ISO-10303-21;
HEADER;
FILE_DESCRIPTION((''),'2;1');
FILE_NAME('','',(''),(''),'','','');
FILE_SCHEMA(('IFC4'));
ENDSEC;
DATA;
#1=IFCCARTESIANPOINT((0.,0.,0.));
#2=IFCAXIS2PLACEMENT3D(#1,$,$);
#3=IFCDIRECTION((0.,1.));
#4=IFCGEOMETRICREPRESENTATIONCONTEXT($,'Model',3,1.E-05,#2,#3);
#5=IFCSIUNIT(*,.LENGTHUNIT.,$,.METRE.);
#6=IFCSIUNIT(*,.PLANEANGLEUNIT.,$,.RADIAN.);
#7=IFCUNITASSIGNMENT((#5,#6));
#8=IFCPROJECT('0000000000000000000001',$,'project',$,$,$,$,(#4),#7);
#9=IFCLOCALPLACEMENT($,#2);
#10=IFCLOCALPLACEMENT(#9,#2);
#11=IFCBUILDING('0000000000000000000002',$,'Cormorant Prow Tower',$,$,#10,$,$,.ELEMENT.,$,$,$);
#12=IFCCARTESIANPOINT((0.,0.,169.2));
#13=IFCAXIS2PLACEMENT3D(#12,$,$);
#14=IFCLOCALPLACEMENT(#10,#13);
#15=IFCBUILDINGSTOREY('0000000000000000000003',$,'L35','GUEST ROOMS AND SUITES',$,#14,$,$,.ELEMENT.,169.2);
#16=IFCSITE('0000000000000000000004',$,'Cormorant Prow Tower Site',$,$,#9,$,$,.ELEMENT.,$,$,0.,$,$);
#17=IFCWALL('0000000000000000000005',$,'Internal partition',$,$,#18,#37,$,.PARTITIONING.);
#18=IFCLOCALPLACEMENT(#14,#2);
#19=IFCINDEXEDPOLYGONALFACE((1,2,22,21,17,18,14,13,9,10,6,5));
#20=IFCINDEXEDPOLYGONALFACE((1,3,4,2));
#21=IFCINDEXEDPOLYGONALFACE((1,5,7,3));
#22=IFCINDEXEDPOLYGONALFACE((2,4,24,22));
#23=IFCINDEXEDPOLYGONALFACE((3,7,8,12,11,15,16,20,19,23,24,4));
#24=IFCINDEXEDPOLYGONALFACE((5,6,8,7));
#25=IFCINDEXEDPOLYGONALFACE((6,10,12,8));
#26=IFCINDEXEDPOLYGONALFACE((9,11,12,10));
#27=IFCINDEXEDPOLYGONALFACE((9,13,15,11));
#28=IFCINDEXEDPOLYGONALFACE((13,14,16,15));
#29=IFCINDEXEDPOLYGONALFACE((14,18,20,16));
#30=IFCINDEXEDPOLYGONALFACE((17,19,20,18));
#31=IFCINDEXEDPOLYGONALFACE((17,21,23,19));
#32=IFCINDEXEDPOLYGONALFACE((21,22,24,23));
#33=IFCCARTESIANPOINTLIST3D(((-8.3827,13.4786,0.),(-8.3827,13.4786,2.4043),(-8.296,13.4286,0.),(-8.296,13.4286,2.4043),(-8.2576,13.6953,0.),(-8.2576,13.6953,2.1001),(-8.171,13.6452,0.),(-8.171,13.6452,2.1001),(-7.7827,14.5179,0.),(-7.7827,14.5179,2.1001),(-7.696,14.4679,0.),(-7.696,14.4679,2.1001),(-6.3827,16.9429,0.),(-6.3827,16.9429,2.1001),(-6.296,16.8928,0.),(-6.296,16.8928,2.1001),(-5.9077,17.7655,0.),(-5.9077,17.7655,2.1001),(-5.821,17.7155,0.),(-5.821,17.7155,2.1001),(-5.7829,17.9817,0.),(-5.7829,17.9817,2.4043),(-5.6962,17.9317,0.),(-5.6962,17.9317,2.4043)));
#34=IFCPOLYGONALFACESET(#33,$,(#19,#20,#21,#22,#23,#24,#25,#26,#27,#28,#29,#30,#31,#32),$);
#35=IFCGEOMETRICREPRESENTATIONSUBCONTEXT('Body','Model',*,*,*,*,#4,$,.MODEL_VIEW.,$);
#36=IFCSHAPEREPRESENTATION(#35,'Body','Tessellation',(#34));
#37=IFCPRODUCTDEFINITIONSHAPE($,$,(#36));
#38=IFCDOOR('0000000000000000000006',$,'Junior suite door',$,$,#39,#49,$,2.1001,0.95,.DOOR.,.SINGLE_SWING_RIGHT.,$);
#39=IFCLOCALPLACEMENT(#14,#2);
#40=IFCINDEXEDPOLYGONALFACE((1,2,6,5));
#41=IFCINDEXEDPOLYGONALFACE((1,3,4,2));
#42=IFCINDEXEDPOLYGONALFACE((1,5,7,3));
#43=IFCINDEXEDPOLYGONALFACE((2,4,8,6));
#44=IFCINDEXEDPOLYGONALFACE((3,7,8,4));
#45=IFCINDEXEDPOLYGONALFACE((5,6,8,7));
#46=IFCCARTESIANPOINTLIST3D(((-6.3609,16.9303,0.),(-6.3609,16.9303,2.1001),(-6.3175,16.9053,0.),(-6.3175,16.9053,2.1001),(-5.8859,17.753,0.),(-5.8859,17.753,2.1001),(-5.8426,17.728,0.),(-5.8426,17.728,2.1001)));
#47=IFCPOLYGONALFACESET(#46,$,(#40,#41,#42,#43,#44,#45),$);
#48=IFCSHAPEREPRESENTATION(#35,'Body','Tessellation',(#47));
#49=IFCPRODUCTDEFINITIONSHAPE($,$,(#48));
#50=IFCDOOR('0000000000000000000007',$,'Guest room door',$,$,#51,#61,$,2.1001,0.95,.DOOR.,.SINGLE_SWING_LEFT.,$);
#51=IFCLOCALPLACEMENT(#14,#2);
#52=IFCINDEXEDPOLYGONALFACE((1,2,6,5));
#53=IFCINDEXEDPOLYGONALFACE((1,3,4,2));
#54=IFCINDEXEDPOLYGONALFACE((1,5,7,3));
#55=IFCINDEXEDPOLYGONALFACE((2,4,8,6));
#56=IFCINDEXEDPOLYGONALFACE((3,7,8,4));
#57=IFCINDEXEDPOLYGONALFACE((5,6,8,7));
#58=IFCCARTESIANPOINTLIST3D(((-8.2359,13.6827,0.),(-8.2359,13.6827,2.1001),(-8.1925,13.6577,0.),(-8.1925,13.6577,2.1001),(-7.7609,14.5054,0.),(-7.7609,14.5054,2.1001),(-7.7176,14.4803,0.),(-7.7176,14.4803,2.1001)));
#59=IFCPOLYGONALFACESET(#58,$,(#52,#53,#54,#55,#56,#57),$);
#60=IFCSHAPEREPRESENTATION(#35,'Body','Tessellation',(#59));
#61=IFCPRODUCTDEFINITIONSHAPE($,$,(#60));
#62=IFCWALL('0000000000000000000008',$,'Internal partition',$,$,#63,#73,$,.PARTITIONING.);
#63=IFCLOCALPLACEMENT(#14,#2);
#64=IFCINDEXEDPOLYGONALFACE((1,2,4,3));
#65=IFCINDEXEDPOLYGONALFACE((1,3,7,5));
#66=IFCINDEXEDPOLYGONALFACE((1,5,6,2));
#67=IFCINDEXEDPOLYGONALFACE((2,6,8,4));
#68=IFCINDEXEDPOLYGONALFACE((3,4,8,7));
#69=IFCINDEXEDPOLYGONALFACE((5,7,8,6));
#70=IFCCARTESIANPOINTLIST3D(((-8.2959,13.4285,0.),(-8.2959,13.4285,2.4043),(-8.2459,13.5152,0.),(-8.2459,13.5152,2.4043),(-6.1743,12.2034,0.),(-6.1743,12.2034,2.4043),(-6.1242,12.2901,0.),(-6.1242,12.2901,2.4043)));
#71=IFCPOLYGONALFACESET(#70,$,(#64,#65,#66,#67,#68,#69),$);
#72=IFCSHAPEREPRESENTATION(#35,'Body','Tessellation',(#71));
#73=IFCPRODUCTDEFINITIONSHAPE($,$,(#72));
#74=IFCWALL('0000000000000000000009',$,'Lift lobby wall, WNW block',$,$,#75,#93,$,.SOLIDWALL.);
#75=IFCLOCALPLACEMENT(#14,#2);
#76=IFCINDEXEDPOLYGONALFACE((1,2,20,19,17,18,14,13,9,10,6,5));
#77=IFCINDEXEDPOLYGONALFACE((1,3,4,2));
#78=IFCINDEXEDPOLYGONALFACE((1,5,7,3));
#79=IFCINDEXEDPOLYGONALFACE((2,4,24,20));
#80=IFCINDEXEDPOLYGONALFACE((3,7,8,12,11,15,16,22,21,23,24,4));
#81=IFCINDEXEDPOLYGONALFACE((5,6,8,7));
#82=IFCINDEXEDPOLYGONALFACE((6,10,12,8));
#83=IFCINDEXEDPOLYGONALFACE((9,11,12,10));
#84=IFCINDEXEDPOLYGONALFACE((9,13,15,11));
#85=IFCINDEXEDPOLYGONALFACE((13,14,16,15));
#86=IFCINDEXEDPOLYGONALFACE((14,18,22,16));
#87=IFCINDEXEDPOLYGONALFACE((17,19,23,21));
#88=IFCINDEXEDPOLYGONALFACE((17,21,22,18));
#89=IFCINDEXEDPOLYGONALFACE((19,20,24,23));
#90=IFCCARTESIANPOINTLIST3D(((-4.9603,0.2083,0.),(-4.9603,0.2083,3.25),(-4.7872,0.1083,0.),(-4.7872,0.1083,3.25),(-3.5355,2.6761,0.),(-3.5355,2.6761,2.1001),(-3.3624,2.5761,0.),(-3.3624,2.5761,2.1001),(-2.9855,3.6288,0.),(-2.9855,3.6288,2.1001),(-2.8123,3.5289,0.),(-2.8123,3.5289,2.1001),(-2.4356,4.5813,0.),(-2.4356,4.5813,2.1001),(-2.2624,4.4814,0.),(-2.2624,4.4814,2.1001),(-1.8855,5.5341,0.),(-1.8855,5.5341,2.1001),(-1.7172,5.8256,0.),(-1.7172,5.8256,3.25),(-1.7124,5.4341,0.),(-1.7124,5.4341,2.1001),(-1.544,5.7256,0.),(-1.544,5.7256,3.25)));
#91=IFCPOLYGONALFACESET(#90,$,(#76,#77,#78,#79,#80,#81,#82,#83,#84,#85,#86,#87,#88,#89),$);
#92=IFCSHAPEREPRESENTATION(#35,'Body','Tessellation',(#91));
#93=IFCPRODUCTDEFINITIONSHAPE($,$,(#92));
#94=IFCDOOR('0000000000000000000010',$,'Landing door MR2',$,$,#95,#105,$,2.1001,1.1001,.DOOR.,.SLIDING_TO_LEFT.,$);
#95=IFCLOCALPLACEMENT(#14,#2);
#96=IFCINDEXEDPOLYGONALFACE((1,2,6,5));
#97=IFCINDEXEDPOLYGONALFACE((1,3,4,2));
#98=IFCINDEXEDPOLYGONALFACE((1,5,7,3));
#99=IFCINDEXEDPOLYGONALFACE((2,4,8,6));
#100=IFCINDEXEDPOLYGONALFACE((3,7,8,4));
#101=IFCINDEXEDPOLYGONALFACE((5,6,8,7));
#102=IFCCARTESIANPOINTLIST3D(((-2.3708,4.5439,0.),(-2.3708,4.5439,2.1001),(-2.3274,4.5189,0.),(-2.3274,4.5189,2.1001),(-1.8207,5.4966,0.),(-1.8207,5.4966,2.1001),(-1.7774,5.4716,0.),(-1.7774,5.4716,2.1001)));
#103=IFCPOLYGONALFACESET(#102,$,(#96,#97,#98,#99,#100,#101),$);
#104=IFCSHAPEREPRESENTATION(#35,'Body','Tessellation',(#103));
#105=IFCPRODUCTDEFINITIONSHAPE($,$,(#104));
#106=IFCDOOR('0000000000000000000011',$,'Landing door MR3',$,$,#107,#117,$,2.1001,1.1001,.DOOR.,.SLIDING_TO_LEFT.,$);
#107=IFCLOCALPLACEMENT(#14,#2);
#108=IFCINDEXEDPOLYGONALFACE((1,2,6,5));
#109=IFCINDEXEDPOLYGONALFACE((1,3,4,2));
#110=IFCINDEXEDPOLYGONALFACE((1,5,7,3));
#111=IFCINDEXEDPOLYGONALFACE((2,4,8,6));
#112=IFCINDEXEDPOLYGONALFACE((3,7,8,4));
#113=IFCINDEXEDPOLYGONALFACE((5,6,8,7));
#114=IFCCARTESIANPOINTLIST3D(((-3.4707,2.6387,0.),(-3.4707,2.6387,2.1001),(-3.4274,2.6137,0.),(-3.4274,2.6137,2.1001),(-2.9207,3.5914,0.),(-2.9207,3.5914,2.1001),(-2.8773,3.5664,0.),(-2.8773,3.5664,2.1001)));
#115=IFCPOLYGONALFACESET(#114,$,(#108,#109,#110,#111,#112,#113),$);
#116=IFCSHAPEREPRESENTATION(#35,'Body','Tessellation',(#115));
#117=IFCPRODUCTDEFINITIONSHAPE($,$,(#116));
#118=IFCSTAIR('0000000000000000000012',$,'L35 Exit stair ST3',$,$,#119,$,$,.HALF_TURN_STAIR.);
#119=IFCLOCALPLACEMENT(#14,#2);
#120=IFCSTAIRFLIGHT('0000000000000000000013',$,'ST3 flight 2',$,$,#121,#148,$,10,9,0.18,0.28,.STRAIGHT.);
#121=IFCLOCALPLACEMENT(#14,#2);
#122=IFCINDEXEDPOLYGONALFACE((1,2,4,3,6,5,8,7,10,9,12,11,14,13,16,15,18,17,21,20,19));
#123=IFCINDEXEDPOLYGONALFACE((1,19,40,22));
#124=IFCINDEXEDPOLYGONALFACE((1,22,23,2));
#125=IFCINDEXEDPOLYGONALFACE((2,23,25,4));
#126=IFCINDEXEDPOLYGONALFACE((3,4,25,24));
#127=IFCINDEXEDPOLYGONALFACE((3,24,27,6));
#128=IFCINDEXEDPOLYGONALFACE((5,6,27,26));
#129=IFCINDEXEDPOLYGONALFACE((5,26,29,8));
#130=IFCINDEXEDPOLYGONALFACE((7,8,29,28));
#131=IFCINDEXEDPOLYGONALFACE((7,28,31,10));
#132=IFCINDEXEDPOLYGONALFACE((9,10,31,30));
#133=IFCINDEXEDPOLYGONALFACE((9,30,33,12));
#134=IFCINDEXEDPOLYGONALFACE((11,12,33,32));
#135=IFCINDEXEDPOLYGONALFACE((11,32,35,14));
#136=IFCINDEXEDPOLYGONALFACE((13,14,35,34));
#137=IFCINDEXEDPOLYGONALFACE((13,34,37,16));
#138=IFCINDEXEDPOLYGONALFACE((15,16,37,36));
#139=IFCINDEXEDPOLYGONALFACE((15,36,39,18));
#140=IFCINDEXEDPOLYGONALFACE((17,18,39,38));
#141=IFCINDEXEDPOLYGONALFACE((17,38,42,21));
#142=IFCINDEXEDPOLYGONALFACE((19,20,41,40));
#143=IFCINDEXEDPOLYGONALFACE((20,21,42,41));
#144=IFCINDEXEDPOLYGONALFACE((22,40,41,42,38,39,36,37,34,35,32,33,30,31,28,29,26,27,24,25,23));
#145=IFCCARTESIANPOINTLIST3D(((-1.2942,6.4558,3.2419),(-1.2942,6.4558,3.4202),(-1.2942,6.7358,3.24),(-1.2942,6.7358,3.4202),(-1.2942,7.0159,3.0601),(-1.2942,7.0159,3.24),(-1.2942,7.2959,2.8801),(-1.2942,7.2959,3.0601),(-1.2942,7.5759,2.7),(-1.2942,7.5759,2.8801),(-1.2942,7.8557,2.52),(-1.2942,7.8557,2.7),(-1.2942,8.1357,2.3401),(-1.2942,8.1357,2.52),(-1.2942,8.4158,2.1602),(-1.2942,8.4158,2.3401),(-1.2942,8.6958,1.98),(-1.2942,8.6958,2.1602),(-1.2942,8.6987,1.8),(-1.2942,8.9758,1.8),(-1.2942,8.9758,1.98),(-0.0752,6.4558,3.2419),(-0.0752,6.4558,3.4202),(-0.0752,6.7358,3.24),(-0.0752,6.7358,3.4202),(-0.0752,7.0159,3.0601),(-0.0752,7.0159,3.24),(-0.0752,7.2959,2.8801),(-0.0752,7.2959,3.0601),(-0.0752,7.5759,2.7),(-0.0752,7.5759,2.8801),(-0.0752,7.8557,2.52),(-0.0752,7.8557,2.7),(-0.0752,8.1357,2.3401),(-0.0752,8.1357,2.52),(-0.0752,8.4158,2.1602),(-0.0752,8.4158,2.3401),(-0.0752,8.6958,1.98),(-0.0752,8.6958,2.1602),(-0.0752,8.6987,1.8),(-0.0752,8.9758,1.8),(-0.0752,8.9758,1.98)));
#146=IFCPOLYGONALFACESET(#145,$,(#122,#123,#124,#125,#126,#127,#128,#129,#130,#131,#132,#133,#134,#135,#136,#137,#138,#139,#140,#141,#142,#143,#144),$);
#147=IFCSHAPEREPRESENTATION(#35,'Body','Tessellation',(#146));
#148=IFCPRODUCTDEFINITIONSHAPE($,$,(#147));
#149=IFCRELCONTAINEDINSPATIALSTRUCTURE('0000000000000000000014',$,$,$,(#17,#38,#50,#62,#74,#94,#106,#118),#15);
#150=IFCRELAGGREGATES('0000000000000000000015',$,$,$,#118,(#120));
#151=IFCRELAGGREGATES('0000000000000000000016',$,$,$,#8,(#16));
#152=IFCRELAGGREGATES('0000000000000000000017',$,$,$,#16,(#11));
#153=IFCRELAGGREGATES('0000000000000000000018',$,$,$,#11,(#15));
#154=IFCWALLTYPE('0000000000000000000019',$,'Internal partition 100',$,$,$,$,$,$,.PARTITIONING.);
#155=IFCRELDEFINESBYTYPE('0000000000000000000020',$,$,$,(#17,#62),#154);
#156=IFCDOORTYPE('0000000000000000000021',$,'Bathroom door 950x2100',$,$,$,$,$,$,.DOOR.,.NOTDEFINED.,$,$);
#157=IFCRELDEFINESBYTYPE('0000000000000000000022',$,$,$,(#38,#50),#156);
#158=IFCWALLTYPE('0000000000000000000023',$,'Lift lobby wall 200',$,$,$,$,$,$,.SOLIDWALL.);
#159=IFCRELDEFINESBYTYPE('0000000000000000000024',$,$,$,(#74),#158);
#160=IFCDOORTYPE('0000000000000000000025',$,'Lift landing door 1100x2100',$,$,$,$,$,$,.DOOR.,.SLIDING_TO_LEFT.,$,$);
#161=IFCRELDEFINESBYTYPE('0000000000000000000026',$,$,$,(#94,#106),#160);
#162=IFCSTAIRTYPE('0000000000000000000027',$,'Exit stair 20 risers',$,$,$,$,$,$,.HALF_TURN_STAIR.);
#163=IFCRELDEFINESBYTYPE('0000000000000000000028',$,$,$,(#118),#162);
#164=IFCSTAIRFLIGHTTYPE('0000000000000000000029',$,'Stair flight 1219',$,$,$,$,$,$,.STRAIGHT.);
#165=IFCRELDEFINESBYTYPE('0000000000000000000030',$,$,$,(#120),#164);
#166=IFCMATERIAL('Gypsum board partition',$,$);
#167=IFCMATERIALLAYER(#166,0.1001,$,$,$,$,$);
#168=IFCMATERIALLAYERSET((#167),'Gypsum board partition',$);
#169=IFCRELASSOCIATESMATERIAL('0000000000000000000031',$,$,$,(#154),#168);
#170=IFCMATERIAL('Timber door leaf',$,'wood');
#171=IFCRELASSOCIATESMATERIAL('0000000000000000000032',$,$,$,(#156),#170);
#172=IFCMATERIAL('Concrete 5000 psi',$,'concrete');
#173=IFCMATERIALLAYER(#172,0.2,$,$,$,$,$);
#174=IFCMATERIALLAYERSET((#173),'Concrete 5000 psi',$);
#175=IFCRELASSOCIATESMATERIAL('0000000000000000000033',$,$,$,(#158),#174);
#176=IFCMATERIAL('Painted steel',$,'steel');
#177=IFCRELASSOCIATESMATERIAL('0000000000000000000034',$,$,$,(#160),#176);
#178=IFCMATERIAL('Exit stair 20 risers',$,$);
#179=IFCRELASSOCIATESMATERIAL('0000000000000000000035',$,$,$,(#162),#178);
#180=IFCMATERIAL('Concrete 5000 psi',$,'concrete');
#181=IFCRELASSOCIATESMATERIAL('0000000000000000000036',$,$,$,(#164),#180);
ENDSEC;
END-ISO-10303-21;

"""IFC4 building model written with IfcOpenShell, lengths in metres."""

from ifc_helpers import new_model, si_unit, direction, frame, frame_2d, origin, place, context, subcontext, project, spatial, polyline, rectangle, outline, extrude, material, layer, layer_set, type_object, element, fill, aggregate, save


model = new_model("IFC4")

# Units and contexts
model_context = context("Model", 3, precision=1e-05, world=origin(), true_north=direction((0.0, 1.0)))
body_context = subcontext(model_context, "Body", "Model", "MODEL_VIEW")
ifc_project = project(units=[si_unit("LENGTHUNIT", "METRE"), si_unit("PLANEANGLEUNIT", "RADIAN")], contexts=[model_context])

# Site, building, storey
site_placement = place(None, origin())
site = spatial("IfcSite", under=ifc_project, at=site_placement, Name="Cormorant Prow Tower Site", CompositionType="ELEMENT", RefElevation=0.0)
building_placement = place(site_placement, origin())
building = spatial("IfcBuilding", under=site, at=building_placement, Name="Cormorant Prow Tower", CompositionType="ELEMENT")
storey_placement = place(building_placement, frame((0.0, 0.0, 169.2)))
storey = spatial("IfcBuildingStorey", under=building, at=storey_placement, Name="L35", Description="GUEST ROOMS AND SUITES", CompositionType="ELEMENT", Elevation=169.2)

# Wall, openings, doors
ifc_material_1 = material(Name="Gypsum board partition")
ifc_layer_1 = layer(ifc_material_1, 0.1001)
ifc_layer_set_1 = layer_set([ifc_layer_1], Name="Gypsum board partition")
wall_type_1 = type_object("IfcWallType", Name="Internal partition 100", PredefinedType="PARTITIONING", material=ifc_layer_set_1)
wall_1_placement = place(storey_placement, frame((-8.3394, 13.4536, 0.0), z_axis=(0.0, 0.0, 1.0), x_axis=(0.499992, 0.86603, 0.0)))
wall_1 = element("IfcWall", 1, at=wall_1_placement, inside=storey, type_object=wall_type_1, Name="Internal partition", PredefinedType="PARTITIONING", context=body_context, shape_type="SweptSolid", body=[
    extrude(rectangle(XDim=5.1997, YDim=0.1001, at=frame_2d((2.5999, 0.0))), origin(), (0.0, 0.0, 1.0), 2.4043),
])
opening_1_placement = place(wall_1_placement, frame((4.0, 0.0, 0.0)))
opening_1 = element("IfcOpeningElement", 2, at=opening_1_placement, cuts=wall_1, PredefinedType="OPENING", context=body_context, shape_type="SweptSolid", body=[
    extrude(rectangle(XDim=0.95, YDim=2.1001, at=frame_2d((0.4751, 1.05))), frame((0.0, 0.0601, 0.0), z_axis=(0.0, -1.0, 0.0), x_axis=(1.0, 0.0, 0.0)), (0.0, 0.0, 1.0), 0.1201),
])
opening_2_placement = place(wall_1_placement, frame((0.25, 0.0, 0.0)))
opening_2 = element("IfcOpeningElement", 3, at=opening_2_placement, cuts=wall_1, PredefinedType="OPENING", context=body_context, shape_type="SweptSolid", body=[
    extrude(rectangle(XDim=0.95, YDim=2.1001, at=frame_2d((0.4751, 1.05))), frame((0.0, 0.0601, 0.0), z_axis=(0.0, -1.0, 0.0), x_axis=(1.0, 0.0, 0.0)), (0.0, 0.0, 1.0), 0.1201),
])
ifc_material_2 = material(Name="Timber door leaf", Category="wood")
door_type_1 = type_object("IfcDoorType", Name="Bathroom door 950x2100", OperationType="NOTDEFINED", PredefinedType="DOOR", material=ifc_material_2)
door_1_placement = place(opening_1_placement, origin())
door_1 = element("IfcDoor", 4, at=door_1_placement, inside=storey, type_object=door_type_1, Name="Junior suite door", OperationType="SINGLE_SWING_RIGHT", OverallHeight=2.1001, OverallWidth=0.95, PredefinedType="DOOR", context=body_context, shape_type="SweptSolid", body=[
    extrude(rectangle(XDim=0.95, YDim=2.1001, at=frame_2d((0.4751, 1.05))), frame((0.0, 0.0249, 0.0), z_axis=(0.0, -1.0, 0.0), x_axis=(1.0, 0.0, 0.0)), (0.0, 0.0, 1.0), 0.05),
])
fill(opening_1, door_1)
door_2_placement = place(opening_2_placement, origin())
door_2 = element("IfcDoor", 5, at=door_2_placement, inside=storey, type_object=door_type_1, Name="Guest room door", OperationType="SINGLE_SWING_LEFT", OverallHeight=2.1001, OverallWidth=0.95, PredefinedType="DOOR", context=body_context, shape_type="SweptSolid", body=[
    extrude(rectangle(XDim=0.95, YDim=2.1001, at=frame_2d((0.4751, 1.05))), frame((0.0, 0.0249, 0.0), z_axis=(0.0, -1.0, 0.0), x_axis=(1.0, 0.0, 0.0)), (0.0, 0.0, 1.0), 0.05),
])
fill(opening_2, door_2)

# Wall
wall_2_placement = place(storey_placement, frame((-8.271, 13.4719, 0.0), z_axis=(0.0, 0.0, 1.0), x_axis=(0.86599, -0.500062, 0.0)))
element("IfcWall", 6, at=wall_2_placement, inside=storey, type_object=wall_type_1, Name="Internal partition", PredefinedType="PARTITIONING", context=body_context, shape_type="SweptSolid", body=[
    extrude(rectangle(XDim=2.45, YDim=0.1001, at=frame_2d((1.2251, 0.0))), origin(), (0.0, 0.0, 1.0), 2.4043),
])

# Wall, openings, doors
ifc_material_3 = material(Name="Concrete 5000 psi", Category="concrete")
ifc_layer_2 = layer(ifc_material_3, 0.2)
ifc_layer_set_2 = layer_set([ifc_layer_2], Name="Concrete 5000 psi")
wall_type_2 = type_object("IfcWallType", Name="Lift lobby wall 200", PredefinedType="SOLIDWALL", material=ifc_layer_set_2)
wall_3_placement = place(storey_placement, frame((-1.6306, 5.7756, 0.0), z_axis=(0.0, 0.0, 1.0), x_axis=(-0.499993, -0.86603, 0.0)))
wall_3 = element("IfcWall", 7, at=wall_3_placement, inside=storey, type_object=wall_type_2, Name="Lift lobby wall, WNW block", PredefinedType="SOLIDWALL", context=body_context, shape_type="SweptSolid", body=[
    extrude(rectangle(XDim=6.4863, YDim=0.2, at=frame_2d((3.2432, 0.0))), origin(), (0.0, 0.0, 1.0), 3.25),
])
opening_3_placement = place(wall_3_placement, frame((0.3367, 0.0, 0.0)))
opening_3 = element("IfcOpeningElement", 8, at=opening_3_placement, cuts=wall_3, PredefinedType="OPENING", context=body_context, shape_type="SweptSolid", body=[
    extrude(rectangle(XDim=1.1001, YDim=2.1001, at=frame_2d((0.55, 1.05))), frame((0.0, 0.1099, 0.0), z_axis=(0.0, -1.0, 0.0), x_axis=(1.0, 0.0, 0.0)), (0.0, 0.0, 1.0), 0.22),
])
opening_4_placement = place(wall_3_placement, frame((2.5366, 0.0, 0.0)))
opening_4 = element("IfcOpeningElement", 9, at=opening_4_placement, cuts=wall_3, PredefinedType="OPENING", context=body_context, shape_type="SweptSolid", body=[
    extrude(rectangle(XDim=1.1001, YDim=2.1001, at=frame_2d((0.55, 1.05))), frame((0.0, 0.1099, 0.0), z_axis=(0.0, -1.0, 0.0), x_axis=(1.0, 0.0, 0.0)), (0.0, 0.0, 1.0), 0.22),
])
ifc_material_4 = material(Name="Painted steel", Category="steel")
door_type_2 = type_object("IfcDoorType", Name="Lift landing door 1100x2100", OperationType="SLIDING_TO_LEFT", PredefinedType="DOOR", material=ifc_material_4)
door_3_placement = place(opening_3_placement, origin())
door_3 = element("IfcDoor", 10, at=door_3_placement, inside=storey, type_object=door_type_2, Name="Landing door MR2", OperationType="SLIDING_TO_LEFT", OverallHeight=2.1001, OverallWidth=1.1001, PredefinedType="DOOR", context=body_context, shape_type="SweptSolid", body=[
    extrude(rectangle(XDim=1.1001, YDim=2.1001, at=frame_2d((0.55, 1.05))), frame((0.0, 0.0249, 0.0), z_axis=(0.0, -1.0, 0.0), x_axis=(1.0, 0.0, 0.0)), (0.0, 0.0, 1.0), 0.05),
])
fill(opening_3, door_3)
door_4_placement = place(opening_4_placement, origin())
door_4 = element("IfcDoor", 11, at=door_4_placement, inside=storey, type_object=door_type_2, Name="Landing door MR3", OperationType="SLIDING_TO_LEFT", OverallHeight=2.1001, OverallWidth=1.1001, PredefinedType="DOOR", context=body_context, shape_type="SweptSolid", body=[
    extrude(rectangle(XDim=1.1001, YDim=2.1001, at=frame_2d((0.55, 1.05))), frame((0.0, 0.0249, 0.0), z_axis=(0.0, -1.0, 0.0), x_axis=(1.0, 0.0, 0.0)), (0.0, 0.0, 1.0), 0.05),
])
fill(opening_4, door_4)

# Stair, stair flight
ifc_material_5 = material(Name="Exit stair 20 risers")
stair_type = type_object("IfcStairType", Name="Exit stair 20 risers", PredefinedType="HALF_TURN_STAIR", material=ifc_material_5)
stair_placement = place(storey_placement, origin())
stair = element("IfcStair", 12, at=stair_placement, inside=storey, type_object=stair_type, Name="L35 Exit stair ST3", PredefinedType="HALF_TURN_STAIR")
ifc_material_6 = material(Name="Concrete 5000 psi", Category="concrete")
stair_flight_type = type_object("IfcStairFlightType", Name="Stair flight 1219", PredefinedType="STRAIGHT", material=ifc_material_6)
stair_flight_placement = place(storey_placement, frame((-0.6846, 8.9758, 1.8), z_axis=(0.0, 0.0, 1.0), x_axis=(0.0, -1.0, 0.0)))
stair_flight = element("IfcStairFlight", 13, at=stair_flight_placement, type_object=stair_flight_type, Name="ST3 flight 2", NumberOfRisers=10, NumberOfTreads=9, PredefinedType="STRAIGHT", RiserHeight=0.18, TreadLength=0.28, context=body_context, shape_type="SweptSolid", body=[
    extrude(outline(polyline([(0.0, 0.0), (0.0, 0.1799), (0.28, 0.1799), (0.28, 0.3601), (0.5601, 0.3601), (0.5601, 0.54), (0.8401, 0.54), (0.8401, 0.72), (1.1201, 0.72), (1.1201, 0.8999), (1.3999, 0.8999), (1.3999, 1.0801), (1.6799, 1.0801), (1.6799, 1.26), (1.96, 1.26), (1.96, 1.4399), (2.24, 1.4399), (2.24, 1.6201), (2.52, 1.6201), (2.52, 1.8), (2.52, 1.4419), (0.2771, 0.0), (0.0, 0.0)])), frame((0.0, 0.6094, 0.0), z_axis=(0.0, -1.0, 0.0), x_axis=(1.0, 0.0, 0.0)), (0.0, 0.0, 1.0), 1.219),
])
aggregate(stair, [stair_flight])

save(model, "model.ifc")
